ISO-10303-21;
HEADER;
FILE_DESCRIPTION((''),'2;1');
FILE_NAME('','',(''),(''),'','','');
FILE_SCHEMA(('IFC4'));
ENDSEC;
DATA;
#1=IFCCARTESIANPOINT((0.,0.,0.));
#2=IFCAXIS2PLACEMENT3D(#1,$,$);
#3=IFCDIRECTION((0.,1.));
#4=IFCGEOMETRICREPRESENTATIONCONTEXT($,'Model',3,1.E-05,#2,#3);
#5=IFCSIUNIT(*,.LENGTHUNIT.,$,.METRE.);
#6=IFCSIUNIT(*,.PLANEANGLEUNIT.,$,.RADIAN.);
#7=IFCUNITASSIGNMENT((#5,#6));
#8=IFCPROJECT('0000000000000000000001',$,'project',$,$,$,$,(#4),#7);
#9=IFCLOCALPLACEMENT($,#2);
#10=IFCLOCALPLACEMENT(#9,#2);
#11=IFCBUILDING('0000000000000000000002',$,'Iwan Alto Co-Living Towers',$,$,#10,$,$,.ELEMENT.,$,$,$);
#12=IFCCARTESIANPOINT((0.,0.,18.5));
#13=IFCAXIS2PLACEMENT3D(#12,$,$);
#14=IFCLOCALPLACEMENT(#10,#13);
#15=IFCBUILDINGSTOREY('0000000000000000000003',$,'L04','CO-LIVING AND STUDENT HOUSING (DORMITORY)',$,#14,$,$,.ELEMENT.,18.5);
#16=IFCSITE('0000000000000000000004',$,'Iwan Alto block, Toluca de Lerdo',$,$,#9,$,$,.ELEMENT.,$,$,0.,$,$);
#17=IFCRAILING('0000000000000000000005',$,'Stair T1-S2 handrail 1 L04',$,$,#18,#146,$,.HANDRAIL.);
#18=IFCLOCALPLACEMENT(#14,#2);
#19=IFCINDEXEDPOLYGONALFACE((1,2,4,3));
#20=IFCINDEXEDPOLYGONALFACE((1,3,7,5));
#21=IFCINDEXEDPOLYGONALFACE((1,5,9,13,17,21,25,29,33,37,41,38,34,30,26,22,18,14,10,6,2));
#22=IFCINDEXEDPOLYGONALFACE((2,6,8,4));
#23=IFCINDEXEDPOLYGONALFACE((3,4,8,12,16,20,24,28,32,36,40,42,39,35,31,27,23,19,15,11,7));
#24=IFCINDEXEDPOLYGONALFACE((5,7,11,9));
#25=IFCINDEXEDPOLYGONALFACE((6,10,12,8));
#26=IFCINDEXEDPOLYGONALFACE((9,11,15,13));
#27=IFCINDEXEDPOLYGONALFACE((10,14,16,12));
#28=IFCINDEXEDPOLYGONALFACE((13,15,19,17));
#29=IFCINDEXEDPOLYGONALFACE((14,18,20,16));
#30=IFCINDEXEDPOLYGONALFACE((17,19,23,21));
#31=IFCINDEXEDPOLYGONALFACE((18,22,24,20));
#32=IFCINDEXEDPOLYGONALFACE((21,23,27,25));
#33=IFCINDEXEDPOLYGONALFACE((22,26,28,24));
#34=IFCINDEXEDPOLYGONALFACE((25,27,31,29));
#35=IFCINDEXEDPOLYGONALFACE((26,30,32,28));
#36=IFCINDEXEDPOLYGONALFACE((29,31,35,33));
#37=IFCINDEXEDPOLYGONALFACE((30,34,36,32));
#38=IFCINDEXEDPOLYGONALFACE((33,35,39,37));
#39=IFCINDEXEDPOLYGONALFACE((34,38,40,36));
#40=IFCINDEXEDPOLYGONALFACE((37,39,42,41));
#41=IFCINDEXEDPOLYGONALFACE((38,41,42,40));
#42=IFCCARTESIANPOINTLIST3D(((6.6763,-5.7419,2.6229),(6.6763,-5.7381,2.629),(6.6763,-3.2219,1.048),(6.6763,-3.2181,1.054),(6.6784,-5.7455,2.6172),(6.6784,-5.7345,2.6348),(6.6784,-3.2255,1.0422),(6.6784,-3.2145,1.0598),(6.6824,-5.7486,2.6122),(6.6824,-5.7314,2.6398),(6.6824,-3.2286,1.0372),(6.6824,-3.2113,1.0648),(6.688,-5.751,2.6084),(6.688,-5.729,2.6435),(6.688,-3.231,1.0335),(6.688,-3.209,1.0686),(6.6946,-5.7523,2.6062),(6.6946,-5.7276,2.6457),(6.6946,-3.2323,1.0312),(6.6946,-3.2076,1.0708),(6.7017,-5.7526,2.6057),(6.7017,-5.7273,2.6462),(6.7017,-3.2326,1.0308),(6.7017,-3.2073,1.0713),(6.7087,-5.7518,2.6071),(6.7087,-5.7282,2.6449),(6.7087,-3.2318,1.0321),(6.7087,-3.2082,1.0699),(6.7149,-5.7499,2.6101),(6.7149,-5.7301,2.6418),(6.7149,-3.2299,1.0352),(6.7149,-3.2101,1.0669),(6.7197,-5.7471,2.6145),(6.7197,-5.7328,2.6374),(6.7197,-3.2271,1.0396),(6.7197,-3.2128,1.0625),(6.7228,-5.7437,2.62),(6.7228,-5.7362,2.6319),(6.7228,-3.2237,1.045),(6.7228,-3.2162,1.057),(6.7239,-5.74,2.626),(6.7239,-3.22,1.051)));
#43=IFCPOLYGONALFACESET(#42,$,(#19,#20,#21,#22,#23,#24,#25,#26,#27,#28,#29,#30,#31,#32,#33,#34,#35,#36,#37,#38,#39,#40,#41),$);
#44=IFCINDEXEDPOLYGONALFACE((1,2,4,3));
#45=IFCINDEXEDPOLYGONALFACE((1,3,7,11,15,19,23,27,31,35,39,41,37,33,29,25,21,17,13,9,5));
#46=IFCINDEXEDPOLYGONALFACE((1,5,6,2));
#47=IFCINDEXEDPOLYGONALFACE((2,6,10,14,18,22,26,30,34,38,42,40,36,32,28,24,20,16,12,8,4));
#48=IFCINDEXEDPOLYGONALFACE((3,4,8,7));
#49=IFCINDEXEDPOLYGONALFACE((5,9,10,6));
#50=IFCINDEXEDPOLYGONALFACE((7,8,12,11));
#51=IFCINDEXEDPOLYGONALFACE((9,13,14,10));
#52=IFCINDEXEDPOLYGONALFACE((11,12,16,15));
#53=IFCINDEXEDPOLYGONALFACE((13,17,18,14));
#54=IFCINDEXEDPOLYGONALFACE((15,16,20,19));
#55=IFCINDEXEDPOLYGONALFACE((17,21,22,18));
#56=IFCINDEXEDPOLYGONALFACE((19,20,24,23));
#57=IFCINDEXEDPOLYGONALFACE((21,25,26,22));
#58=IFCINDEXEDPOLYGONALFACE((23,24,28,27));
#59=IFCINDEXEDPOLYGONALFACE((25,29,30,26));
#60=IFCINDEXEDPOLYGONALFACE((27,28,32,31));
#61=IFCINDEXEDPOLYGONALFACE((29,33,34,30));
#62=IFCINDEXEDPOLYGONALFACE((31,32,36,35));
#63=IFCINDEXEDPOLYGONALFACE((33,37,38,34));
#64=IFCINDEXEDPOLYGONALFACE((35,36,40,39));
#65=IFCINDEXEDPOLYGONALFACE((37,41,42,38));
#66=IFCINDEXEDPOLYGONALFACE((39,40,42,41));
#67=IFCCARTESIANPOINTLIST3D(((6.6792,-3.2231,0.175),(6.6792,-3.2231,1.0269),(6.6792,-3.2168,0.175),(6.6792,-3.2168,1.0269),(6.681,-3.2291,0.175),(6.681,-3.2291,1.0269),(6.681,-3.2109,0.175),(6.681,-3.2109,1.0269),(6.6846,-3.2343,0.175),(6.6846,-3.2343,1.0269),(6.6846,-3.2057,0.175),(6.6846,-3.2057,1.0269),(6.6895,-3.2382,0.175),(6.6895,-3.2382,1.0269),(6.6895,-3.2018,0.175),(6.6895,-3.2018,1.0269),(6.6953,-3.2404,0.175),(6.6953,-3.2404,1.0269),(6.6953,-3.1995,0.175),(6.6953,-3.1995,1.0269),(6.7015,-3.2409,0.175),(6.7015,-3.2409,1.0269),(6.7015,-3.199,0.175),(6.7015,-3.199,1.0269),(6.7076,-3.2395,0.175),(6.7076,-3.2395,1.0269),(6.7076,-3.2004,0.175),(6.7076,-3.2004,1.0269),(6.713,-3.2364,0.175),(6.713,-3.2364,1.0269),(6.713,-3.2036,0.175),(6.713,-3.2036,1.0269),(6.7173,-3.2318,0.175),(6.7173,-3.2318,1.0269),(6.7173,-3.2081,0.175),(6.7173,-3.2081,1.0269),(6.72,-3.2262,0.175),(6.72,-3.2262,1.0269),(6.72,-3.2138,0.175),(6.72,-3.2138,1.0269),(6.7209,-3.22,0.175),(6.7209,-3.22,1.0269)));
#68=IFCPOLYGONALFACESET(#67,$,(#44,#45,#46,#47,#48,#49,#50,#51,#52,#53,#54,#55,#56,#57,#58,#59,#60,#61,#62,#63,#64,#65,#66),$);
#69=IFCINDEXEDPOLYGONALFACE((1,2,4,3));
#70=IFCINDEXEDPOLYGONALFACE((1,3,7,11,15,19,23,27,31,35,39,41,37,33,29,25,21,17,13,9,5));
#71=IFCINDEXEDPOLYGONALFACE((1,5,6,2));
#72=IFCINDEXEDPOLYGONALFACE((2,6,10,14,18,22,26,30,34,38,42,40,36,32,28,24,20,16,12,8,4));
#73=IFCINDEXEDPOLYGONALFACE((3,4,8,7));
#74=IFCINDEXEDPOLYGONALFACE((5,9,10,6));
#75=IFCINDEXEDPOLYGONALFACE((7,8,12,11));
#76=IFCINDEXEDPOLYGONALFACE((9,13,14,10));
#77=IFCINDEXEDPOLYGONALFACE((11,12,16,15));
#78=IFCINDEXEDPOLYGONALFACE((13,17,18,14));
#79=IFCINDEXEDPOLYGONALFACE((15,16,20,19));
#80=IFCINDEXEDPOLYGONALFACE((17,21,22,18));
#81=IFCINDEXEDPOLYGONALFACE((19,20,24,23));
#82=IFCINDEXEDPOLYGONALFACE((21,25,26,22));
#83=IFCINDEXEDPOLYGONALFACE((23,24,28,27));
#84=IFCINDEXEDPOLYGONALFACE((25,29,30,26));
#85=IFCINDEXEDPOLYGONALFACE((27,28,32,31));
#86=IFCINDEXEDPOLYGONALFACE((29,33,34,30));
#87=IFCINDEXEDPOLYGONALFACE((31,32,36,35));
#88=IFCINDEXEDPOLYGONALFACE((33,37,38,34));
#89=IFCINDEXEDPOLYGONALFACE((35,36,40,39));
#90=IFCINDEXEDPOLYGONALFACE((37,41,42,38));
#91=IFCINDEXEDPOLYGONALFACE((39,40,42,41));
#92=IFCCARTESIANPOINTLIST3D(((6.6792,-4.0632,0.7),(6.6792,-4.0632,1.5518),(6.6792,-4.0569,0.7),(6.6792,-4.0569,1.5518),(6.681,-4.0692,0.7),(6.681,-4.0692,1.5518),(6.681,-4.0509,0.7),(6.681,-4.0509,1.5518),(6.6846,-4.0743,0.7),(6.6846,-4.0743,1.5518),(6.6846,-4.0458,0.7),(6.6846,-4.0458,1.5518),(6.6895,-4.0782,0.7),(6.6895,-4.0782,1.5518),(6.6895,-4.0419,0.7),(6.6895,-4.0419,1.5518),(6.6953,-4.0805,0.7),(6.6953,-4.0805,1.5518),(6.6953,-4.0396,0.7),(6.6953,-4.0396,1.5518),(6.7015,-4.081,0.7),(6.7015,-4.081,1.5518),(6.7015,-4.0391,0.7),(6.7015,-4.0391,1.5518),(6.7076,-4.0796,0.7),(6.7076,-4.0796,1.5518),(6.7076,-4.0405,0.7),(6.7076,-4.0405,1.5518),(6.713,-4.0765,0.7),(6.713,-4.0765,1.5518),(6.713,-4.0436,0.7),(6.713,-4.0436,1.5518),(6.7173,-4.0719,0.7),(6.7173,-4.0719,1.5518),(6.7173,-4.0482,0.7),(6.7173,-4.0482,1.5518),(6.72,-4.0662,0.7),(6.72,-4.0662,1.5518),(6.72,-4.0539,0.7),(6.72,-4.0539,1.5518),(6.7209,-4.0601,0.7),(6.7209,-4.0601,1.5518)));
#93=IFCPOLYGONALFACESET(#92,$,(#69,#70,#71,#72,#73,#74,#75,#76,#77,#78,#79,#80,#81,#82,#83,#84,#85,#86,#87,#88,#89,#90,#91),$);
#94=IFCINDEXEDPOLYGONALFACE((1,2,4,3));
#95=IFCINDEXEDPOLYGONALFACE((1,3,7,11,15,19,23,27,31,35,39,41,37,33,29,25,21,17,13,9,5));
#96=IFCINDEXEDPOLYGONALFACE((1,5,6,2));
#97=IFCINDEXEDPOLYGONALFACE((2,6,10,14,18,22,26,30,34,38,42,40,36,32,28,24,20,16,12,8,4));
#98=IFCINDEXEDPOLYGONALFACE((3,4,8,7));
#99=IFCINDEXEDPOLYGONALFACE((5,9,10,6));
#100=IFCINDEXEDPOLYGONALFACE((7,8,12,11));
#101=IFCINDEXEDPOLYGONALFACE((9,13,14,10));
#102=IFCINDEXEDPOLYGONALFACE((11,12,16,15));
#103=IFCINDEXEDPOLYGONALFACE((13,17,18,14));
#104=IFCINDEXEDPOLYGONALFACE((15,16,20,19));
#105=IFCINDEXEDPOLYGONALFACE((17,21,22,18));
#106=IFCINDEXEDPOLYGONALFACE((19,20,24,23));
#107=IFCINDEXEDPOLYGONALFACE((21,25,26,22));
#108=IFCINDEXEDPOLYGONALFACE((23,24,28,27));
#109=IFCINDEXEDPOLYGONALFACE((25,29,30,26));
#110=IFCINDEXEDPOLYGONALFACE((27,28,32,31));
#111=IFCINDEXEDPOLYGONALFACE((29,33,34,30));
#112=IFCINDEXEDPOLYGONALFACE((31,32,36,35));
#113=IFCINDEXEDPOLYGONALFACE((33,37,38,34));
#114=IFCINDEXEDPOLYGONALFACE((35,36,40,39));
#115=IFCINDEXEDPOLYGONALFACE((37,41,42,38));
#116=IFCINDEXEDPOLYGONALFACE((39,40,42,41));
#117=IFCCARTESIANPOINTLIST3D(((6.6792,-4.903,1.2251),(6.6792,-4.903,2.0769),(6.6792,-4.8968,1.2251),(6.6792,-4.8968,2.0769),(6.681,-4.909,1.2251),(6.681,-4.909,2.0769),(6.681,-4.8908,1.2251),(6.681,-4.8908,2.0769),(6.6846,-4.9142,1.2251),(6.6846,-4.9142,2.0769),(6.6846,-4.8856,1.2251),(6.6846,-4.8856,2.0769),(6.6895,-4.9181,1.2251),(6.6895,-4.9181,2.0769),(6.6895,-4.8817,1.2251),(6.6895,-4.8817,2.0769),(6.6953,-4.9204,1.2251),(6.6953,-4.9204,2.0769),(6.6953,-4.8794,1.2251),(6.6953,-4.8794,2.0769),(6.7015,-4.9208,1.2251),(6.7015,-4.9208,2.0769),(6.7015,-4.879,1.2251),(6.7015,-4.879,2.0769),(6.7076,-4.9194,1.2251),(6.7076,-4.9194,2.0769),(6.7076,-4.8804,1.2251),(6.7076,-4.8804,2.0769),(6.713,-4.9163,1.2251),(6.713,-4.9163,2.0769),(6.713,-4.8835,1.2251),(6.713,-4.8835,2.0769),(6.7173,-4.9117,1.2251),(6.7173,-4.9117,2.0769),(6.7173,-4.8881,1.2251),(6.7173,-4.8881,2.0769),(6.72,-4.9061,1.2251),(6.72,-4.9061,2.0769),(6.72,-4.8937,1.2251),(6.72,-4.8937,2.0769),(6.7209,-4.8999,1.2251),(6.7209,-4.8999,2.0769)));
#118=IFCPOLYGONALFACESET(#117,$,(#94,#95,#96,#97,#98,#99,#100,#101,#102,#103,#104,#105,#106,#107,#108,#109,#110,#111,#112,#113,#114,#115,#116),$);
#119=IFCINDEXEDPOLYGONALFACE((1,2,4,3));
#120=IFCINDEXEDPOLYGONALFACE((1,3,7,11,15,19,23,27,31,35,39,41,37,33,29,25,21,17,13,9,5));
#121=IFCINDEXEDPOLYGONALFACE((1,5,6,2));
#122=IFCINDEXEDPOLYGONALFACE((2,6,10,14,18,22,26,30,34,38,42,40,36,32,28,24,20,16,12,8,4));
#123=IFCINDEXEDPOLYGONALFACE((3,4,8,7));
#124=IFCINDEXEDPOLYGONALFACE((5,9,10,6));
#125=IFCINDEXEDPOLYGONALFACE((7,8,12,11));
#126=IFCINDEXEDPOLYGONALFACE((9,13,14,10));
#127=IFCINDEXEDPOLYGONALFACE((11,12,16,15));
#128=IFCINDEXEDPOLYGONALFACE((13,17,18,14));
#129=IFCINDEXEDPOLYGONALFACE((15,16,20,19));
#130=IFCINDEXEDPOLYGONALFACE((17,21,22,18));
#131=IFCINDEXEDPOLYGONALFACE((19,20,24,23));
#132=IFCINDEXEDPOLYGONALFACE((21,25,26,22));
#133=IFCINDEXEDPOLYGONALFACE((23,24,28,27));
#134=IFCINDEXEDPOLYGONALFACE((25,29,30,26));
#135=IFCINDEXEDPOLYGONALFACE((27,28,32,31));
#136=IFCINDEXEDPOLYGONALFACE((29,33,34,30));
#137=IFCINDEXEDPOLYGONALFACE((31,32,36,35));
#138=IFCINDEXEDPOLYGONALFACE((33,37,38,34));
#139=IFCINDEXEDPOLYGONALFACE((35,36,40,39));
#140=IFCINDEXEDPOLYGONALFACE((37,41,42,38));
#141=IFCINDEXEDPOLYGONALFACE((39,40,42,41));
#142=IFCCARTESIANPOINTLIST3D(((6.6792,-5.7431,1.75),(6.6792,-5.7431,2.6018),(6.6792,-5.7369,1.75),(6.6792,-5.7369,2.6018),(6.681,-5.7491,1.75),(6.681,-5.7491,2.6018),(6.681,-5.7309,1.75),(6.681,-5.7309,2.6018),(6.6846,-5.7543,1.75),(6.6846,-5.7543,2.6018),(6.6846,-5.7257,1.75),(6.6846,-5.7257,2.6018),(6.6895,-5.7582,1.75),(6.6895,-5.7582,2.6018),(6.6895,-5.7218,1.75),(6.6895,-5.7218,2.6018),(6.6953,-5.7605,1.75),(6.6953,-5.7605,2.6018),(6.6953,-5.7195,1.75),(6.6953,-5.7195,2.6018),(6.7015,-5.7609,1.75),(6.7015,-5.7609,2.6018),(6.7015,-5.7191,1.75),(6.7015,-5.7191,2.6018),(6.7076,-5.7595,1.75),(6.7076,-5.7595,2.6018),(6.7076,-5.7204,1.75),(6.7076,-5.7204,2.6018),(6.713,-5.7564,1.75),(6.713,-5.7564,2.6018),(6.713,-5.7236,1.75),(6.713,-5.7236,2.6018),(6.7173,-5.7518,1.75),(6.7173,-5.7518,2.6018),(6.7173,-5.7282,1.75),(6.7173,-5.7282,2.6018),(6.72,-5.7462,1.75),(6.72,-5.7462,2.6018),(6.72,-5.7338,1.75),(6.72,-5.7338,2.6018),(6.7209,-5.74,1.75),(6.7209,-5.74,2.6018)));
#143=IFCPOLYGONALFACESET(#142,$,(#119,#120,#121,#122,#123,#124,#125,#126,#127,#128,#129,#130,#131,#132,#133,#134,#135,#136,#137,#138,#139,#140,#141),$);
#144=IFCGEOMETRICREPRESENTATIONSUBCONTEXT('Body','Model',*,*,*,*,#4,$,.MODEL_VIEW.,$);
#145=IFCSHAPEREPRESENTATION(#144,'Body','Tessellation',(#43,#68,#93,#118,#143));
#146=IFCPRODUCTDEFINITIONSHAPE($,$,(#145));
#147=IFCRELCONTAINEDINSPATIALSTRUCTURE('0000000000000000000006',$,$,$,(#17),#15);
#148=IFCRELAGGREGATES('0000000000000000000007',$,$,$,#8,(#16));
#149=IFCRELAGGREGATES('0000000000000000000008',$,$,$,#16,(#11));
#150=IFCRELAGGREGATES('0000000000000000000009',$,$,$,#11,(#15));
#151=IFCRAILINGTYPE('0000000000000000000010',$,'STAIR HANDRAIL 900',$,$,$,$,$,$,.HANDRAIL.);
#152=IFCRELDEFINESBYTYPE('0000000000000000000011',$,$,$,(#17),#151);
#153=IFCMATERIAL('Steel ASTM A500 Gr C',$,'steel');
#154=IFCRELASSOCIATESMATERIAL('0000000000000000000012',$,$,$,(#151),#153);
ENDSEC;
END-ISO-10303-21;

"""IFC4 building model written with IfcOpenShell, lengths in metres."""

from ifc_helpers import new_model, si_unit, direction, frame, origin, origin_2d, place, context, subcontext, project, spatial, circle, extrude, material, type_object, element, save


model = new_model("IFC4")

# Units and contexts
model_context = context("Model", 3, precision=1e-05, world=origin(), true_north=direction((0.0, 1.0)))
body_context = subcontext(model_context, "Body", "Model", "MODEL_VIEW")
ifc_project = project(units=[si_unit("LENGTHUNIT", "METRE"), si_unit("PLANEANGLEUNIT", "RADIAN")], contexts=[model_context])

# Site, building, storey
site_placement = place(None, origin())
site = spatial("IfcSite", under=ifc_project, at=site_placement, Name="Iwan Alto block, Toluca de Lerdo", CompositionType="ELEMENT", RefElevation=0.0)
building_placement = place(site_placement, origin())
building = spatial("IfcBuilding", under=site, at=building_placement, Name="Iwan Alto Co-Living Towers", CompositionType="ELEMENT")
storey_placement = place(building_placement, frame((0.0, 0.0, 18.5)))
storey = spatial("IfcBuildingStorey", under=building, at=storey_placement, Name="L04", Description="CO-LIVING AND STUDENT HOUSING (DORMITORY)", CompositionType="ELEMENT", Elevation=18.5)

# Railing
ifc_material_1 = material(Name="Steel ASTM A500 Gr C", Category="steel")
railing_type_1 = type_object("IfcRailingType", Name="STAIR HANDRAIL 900", PredefinedType="HANDRAIL", material=ifc_material_1)
railing_1_placement = place(storey_placement, frame((6.7, -3.22, 0.175)))
element("IfcRailing", 1, at=railing_1_placement, inside=storey, type_object=railing_type_1, Name="Stair T1-S2 handrail 1 L04", PredefinedType="HANDRAIL", context=body_context, shape_type="SweptSolid", body=[
    extrude(circle(Radius=0.0239, at=origin_2d()), frame((0.0, 0.0, 0.876), z_axis=(0.0, -0.848008, 0.529984), x_axis=(1.0, 0.0, 0.0)), (0.0, 0.0, 1.0), 2.9717),
    extrude(circle(Radius=0.021, at=origin_2d()), origin(), (0.0, 0.0, 1.0), 0.8518),
    extrude(circle(Radius=0.021, at=origin_2d()), frame((0.0, -0.8401, 0.5249)), (0.0, 0.0, 1.0), 0.8518),
    extrude(circle(Radius=0.021, at=origin_2d()), frame((0.0, -1.6799, 1.05)), (0.0, 0.0, 1.0), 0.8518),
    extrude(circle(Radius=0.021, at=origin_2d()), frame((0.0, -2.52, 1.575)), (0.0, 0.0, 1.0), 0.8518),
])

save(model, "model.ifc")
